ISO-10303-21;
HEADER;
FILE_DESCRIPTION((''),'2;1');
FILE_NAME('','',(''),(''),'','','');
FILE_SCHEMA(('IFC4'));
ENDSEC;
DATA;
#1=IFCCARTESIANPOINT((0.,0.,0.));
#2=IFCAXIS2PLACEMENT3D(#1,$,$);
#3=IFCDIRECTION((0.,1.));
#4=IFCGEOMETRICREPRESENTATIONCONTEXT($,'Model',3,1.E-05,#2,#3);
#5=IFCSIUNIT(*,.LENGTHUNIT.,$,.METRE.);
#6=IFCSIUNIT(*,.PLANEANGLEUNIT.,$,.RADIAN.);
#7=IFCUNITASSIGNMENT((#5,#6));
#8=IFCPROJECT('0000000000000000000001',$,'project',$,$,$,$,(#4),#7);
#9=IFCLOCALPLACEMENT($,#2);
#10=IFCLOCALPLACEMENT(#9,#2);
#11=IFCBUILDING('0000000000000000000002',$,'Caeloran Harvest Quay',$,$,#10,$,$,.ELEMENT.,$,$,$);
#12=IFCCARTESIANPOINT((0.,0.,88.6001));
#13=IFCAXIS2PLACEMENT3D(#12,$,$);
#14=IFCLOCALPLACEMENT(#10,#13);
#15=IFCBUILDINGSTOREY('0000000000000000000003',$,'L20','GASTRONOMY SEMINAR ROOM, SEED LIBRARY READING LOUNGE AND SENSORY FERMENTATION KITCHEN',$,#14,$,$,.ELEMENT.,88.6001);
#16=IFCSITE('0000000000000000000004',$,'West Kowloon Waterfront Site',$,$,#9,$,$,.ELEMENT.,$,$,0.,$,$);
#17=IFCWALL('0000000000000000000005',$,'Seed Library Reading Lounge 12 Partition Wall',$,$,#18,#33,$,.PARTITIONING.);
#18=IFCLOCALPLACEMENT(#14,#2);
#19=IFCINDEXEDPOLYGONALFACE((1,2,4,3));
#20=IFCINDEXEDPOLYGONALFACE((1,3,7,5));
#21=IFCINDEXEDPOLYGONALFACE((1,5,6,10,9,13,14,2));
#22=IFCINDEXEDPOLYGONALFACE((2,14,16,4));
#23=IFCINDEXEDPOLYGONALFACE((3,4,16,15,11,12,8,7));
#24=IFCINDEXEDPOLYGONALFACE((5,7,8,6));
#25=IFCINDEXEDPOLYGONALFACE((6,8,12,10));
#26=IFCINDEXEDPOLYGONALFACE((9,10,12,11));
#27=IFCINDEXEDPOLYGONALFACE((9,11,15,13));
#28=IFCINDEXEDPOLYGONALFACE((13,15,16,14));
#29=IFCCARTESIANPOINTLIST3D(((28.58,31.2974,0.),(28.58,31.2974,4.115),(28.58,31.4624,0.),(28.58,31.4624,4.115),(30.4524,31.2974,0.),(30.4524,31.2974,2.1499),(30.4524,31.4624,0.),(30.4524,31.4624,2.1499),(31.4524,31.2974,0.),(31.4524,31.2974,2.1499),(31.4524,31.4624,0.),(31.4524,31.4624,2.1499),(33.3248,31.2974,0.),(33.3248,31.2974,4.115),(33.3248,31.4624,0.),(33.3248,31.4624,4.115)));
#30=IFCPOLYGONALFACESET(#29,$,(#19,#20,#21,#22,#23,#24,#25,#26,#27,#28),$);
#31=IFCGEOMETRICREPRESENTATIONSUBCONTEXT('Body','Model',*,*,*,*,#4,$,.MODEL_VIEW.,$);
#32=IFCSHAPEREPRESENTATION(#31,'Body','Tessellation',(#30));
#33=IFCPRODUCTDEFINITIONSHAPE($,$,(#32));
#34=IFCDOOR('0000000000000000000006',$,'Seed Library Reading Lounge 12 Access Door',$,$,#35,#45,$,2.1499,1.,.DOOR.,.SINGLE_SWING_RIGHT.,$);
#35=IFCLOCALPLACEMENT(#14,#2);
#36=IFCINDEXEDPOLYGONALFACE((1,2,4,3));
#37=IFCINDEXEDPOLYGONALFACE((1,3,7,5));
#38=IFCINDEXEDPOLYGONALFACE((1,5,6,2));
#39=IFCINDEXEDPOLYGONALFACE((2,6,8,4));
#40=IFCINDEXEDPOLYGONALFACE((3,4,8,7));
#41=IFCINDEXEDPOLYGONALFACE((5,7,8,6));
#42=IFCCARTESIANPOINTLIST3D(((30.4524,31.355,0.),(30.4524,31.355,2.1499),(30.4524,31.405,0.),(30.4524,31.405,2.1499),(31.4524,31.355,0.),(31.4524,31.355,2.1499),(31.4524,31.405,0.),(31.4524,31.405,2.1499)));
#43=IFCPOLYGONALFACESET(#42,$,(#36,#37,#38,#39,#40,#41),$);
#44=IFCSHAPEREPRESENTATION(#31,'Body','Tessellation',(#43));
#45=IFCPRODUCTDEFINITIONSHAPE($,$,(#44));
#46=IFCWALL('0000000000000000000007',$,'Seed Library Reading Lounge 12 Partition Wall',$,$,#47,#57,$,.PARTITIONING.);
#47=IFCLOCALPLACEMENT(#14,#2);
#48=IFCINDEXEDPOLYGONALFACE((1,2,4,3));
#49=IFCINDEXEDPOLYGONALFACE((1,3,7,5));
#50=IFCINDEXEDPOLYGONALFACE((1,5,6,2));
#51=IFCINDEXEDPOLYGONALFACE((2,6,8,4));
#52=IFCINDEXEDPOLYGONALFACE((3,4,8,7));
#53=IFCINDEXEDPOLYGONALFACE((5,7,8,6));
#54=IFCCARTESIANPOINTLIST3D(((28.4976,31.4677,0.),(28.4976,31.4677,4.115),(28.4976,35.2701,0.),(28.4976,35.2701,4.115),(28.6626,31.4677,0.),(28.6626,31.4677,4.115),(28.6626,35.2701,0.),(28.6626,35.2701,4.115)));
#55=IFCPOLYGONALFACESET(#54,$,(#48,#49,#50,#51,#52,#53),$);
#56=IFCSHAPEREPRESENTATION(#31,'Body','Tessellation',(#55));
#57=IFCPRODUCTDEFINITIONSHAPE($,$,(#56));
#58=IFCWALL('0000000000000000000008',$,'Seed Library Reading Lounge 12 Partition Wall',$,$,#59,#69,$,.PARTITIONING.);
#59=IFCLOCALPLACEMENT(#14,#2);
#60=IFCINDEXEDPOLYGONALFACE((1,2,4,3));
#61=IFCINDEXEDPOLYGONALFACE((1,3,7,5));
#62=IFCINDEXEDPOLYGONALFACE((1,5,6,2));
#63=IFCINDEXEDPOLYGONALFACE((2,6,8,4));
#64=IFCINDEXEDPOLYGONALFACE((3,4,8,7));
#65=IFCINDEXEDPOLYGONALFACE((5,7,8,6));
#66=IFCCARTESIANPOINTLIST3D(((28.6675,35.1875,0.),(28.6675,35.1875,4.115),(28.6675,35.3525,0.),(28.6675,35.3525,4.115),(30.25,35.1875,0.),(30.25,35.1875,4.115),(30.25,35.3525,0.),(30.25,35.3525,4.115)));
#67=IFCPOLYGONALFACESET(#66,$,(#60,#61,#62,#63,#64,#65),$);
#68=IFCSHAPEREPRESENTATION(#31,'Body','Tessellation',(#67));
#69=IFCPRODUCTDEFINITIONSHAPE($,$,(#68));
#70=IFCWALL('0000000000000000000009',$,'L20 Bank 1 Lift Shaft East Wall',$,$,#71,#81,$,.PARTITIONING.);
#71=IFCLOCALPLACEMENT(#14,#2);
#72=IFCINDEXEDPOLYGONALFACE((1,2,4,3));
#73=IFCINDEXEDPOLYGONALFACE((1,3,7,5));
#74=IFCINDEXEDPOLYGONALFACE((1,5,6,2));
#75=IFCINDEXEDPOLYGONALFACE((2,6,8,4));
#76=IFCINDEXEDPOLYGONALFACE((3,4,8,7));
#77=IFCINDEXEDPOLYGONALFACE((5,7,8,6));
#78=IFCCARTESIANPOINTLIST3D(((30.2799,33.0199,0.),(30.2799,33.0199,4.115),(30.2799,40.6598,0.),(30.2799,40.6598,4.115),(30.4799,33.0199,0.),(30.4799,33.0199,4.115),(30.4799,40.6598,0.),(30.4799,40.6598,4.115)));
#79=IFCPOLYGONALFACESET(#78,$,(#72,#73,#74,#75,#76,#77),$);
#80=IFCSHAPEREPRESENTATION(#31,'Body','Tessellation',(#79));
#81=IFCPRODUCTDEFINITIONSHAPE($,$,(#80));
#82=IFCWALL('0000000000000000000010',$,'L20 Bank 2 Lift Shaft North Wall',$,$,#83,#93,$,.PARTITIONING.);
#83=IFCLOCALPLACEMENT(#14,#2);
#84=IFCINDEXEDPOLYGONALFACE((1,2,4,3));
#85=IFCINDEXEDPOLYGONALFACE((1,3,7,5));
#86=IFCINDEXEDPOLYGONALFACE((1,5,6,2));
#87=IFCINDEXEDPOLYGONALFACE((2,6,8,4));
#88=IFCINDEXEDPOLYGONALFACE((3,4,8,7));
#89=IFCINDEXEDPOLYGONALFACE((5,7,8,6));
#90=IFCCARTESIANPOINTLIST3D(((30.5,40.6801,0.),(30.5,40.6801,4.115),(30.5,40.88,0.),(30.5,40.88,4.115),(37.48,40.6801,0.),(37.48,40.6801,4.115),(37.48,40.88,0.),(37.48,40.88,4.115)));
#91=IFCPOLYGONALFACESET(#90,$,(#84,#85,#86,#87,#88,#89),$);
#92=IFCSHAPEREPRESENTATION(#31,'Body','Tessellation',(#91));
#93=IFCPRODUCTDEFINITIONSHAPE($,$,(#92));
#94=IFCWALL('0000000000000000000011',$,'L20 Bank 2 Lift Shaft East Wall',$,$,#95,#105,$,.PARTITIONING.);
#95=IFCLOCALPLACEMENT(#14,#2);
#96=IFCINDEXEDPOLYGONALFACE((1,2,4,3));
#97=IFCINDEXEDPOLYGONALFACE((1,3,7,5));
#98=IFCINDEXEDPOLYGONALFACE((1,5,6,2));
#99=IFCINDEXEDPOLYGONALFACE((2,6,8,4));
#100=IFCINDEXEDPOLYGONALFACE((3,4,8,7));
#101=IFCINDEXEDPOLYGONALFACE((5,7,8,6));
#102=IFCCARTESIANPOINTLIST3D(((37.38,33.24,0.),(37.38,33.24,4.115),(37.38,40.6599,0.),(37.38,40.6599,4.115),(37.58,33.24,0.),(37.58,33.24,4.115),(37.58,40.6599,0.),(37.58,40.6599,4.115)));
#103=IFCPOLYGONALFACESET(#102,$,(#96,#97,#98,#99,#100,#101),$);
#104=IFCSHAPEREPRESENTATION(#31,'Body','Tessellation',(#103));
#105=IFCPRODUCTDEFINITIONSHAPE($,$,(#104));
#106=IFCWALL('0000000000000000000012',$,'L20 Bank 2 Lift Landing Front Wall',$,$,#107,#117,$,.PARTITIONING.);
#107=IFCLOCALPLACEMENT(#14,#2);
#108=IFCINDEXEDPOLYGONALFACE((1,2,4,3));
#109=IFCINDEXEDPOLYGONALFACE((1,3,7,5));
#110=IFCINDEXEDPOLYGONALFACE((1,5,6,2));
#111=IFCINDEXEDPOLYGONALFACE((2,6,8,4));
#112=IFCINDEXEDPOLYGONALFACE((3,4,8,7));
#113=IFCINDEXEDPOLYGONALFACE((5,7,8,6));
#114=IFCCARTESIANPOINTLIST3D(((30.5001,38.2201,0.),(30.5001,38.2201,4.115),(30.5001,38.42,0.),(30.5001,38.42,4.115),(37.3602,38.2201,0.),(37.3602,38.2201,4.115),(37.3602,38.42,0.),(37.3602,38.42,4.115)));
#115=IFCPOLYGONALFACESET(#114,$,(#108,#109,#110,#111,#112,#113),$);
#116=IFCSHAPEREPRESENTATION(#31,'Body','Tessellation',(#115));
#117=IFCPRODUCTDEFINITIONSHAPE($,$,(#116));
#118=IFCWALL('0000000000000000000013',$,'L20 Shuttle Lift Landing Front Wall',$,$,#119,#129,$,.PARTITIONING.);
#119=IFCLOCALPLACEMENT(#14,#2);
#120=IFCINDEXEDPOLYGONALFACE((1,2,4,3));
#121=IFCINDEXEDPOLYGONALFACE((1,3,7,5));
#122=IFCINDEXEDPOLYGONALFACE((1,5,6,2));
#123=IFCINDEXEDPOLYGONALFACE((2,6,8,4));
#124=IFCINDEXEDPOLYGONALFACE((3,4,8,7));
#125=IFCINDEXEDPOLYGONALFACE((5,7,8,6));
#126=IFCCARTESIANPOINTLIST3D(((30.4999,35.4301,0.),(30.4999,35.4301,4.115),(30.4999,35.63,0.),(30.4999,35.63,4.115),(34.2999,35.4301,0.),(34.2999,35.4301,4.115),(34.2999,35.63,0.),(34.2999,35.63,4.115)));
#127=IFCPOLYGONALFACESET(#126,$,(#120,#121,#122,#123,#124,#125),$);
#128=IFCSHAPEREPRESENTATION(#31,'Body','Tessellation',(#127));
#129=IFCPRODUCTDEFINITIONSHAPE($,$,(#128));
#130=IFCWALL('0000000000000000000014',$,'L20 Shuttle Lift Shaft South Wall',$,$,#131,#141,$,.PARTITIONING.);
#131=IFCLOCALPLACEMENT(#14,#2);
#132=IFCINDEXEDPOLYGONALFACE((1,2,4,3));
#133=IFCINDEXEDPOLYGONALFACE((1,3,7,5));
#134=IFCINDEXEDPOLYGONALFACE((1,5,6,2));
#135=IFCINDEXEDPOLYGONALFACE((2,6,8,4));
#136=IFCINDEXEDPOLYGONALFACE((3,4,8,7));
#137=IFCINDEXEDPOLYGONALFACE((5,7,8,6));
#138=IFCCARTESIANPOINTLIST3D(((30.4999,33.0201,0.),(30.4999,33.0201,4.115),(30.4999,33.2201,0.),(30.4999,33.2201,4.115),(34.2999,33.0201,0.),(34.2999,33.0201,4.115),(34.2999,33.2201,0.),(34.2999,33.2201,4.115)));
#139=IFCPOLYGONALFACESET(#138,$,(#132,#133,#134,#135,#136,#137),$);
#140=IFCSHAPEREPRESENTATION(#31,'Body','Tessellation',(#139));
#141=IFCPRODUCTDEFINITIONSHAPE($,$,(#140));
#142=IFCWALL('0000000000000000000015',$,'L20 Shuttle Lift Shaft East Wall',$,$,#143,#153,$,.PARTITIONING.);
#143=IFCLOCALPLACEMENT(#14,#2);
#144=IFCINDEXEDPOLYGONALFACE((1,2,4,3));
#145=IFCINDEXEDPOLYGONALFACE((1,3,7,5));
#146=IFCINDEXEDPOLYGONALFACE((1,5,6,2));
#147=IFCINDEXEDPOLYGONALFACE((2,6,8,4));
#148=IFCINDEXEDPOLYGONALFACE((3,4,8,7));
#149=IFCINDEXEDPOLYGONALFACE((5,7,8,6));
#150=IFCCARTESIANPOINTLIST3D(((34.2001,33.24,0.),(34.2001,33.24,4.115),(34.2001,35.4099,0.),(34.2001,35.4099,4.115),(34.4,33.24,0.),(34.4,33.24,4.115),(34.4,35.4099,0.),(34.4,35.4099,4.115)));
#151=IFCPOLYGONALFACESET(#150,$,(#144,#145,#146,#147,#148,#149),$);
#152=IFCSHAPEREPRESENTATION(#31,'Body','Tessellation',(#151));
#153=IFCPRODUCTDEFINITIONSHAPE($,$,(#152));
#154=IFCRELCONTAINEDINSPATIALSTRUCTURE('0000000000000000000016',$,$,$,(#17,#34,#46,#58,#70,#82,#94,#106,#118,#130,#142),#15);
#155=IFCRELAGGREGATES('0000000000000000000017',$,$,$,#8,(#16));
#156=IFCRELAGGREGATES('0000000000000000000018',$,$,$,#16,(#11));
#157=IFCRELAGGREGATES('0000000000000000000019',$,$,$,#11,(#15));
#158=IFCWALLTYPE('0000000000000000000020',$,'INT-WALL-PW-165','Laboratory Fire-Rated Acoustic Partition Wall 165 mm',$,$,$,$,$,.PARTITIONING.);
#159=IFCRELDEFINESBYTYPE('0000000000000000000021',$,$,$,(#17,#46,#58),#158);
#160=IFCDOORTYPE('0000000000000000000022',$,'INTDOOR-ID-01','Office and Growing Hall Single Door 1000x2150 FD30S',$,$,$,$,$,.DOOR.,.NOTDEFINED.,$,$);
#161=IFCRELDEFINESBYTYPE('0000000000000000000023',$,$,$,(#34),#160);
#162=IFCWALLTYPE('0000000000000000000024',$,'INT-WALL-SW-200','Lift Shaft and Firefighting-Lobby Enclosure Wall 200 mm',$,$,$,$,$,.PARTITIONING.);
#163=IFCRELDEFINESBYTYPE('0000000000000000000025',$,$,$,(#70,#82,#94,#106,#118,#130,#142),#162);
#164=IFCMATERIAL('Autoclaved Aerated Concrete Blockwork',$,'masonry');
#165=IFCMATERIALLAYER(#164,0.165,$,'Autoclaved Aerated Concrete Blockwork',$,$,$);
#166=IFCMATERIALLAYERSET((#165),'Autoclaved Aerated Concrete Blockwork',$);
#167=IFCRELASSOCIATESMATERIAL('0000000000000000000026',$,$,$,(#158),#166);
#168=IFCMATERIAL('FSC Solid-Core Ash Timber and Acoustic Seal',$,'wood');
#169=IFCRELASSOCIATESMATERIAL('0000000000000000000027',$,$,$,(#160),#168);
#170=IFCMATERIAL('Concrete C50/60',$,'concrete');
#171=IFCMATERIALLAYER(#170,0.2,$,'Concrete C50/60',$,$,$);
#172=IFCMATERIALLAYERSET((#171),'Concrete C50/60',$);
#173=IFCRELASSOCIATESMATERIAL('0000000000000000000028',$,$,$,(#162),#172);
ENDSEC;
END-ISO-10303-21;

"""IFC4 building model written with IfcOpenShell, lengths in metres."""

from ifc_helpers import new_model, si_unit, direction, frame, frame_2d, origin, place, context, subcontext, project, spatial, rectangle, extrude, material, layer, layer_set, type_object, element, fill, save


model = new_model("IFC4")

# Units and contexts
model_context = context("Model", 3, precision=1e-05, world=origin(), true_north=direction((0.0, 1.0)))
body_context = subcontext(model_context, "Body", "Model", "MODEL_VIEW")
ifc_project = project(units=[si_unit("LENGTHUNIT", "METRE"), si_unit("PLANEANGLEUNIT", "RADIAN")], contexts=[model_context])

# Site, building, storey
site_placement = place(None, origin())
site = spatial("IfcSite", under=ifc_project, at=site_placement, Name="West Kowloon Waterfront Site", CompositionType="ELEMENT", RefElevation=0.0)
building_placement = place(site_placement, origin())
building = spatial("IfcBuilding", under=site, at=building_placement, Name="Caeloran Harvest Quay", CompositionType="ELEMENT")
storey_placement = place(building_placement, frame((0.0, 0.0, 88.6001)))
storey = spatial("IfcBuildingStorey", under=building, at=storey_placement, Name="L20", Description="GASTRONOMY SEMINAR ROOM, SEED LIBRARY READING LOUNGE AND SENSORY FERMENTATION KITCHEN", CompositionType="ELEMENT", Elevation=88.6001)

# Shared definitions
ifc_material_1 = material(Name="Autoclaved Aerated Concrete Blockwork", Category="masonry")
ifc_layer_1 = layer(ifc_material_1, 0.165, Name="Autoclaved Aerated Concrete Blockwork")
ifc_layer_set_1 = layer_set([ifc_layer_1], Name="Autoclaved Aerated Concrete Blockwork")
wall_type_1 = type_object("IfcWallType", Name="INT-WALL-PW-165", Description="Laboratory Fire-Rated Acoustic Partition Wall 165 mm", PredefinedType="PARTITIONING", material=ifc_layer_set_1)
ifc_material_2 = material(Name="FSC Solid-Core Ash Timber and Acoustic Seal", Category="wood")
door_type_1 = type_object("IfcDoorType", Name="INTDOOR-ID-01", Description="Office and Growing Hall Single Door 1000x2150 FD30S", OperationType="NOTDEFINED", PredefinedType="DOOR", material=ifc_material_2)

# Wall, opening, door
wall_1_placement = place(storey_placement, frame((33.325, 31.3799, 0.0), z_axis=(0.0, 0.0, 1.0), x_axis=(-1.0, 0.0, 0.0)))
wall_1 = element("IfcWall", 1, at=wall_1_placement, inside=storey, type_object=wall_type_1, Name="Seed Library Reading Lounge 12 Partition Wall", PredefinedType="PARTITIONING", context=body_context, shape_type="SweptSolid", body=[
    extrude(rectangle(XDim=4.7449, YDim=0.165, at=frame_2d((2.3726, 0.0))), origin(), (0.0, 0.0, 1.0), 4.115),
])
opening_1_placement = place(wall_1_placement, frame((1.8726, 0.0, 0.0)))
opening_1 = element("IfcOpeningElement", 2, at=opening_1_placement, cuts=wall_1, PredefinedType="OPENING", context=body_context, shape_type="SweptSolid", body=[
    extrude(rectangle(XDim=1.0, YDim=2.1499, at=frame_2d((0.5, 1.075))), frame((0.0, 0.0925, 0.0), z_axis=(0.0, -1.0, 0.0), x_axis=(1.0, 0.0, 0.0)), (0.0, 0.0, 1.0), 0.1851),
])
door_1_placement = place(opening_1_placement, origin())
door_1 = element("IfcDoor", 3, at=door_1_placement, inside=storey, type_object=door_type_1, Name="Seed Library Reading Lounge 12 Access Door", OperationType="SINGLE_SWING_RIGHT", OverallHeight=2.1499, OverallWidth=1.0, PredefinedType="DOOR", context=body_context, shape_type="SweptSolid", body=[
    extrude(rectangle(XDim=1.0, YDim=2.1499, at=frame_2d((0.5, 1.075))), frame((0.0, 0.0249, 0.0), z_axis=(0.0, -1.0, 0.0), x_axis=(1.0, 0.0, 0.0)), (0.0, 0.0, 1.0), 0.05),
])
fill(opening_1, door_1)

# Walls
wall_2_placement = place(storey_placement, frame((28.5801, 31.4675, 0.0), z_axis=(0.0, 0.0, 1.0), x_axis=(0.0, 1.0, 0.0)))
element("IfcWall", 4, at=wall_2_placement, inside=storey, type_object=wall_type_1, Name="Seed Library Reading Lounge 12 Partition Wall", PredefinedType="PARTITIONING", context=body_context, shape_type="SweptSolid", body=[
    extrude(rectangle(XDim=3.8025, YDim=0.165, at=frame_2d((1.9014, 0.0))), origin(), (0.0, 0.0, 1.0), 4.115),
])
wall_3_placement = place(storey_placement, frame((28.6675, 35.27, 0.0), z_axis=(0.0, 0.0, 1.0), x_axis=(1.0, 0.0, 0.0)))
element("IfcWall", 5, at=wall_3_placement, inside=storey, type_object=wall_type_1, Name="Seed Library Reading Lounge 12 Partition Wall", PredefinedType="PARTITIONING", context=body_context, shape_type="SweptSolid", body=[
    extrude(rectangle(XDim=1.5825, YDim=0.165, at=frame_2d((0.7913, 0.0))), origin(), (0.0, 0.0, 1.0), 4.115),
])
ifc_material_3 = material(Name="Concrete C50/60", Category="concrete")
ifc_layer_2 = layer(ifc_material_3, 0.2, Name="Concrete C50/60")
ifc_layer_set_2 = layer_set([ifc_layer_2], Name="Concrete C50/60")
wall_type_2 = type_object("IfcWallType", Name="INT-WALL-SW-200", Description="Lift Shaft and Firefighting-Lobby Enclosure Wall 200 mm", PredefinedType="PARTITIONING", material=ifc_layer_set_2)
wall_4_placement = place(storey_placement, frame((30.3799, 33.02, 0.0), z_axis=(0.0, 0.0, 1.0), x_axis=(0.0, 1.0, 0.0)))
element("IfcWall", 6, at=wall_4_placement, inside=storey, type_object=wall_type_2, Name="L20 Bank 1 Lift Shaft East Wall", PredefinedType="PARTITIONING", context=body_context, shape_type="SweptSolid", body=[
    extrude(rectangle(XDim=7.6399, YDim=0.2, at=frame_2d((3.8198, 0.0))), origin(), (0.0, 0.0, 1.0), 4.115),
])
wall_5_placement = place(storey_placement, frame((30.5, 40.78, 0.0), z_axis=(0.0, 0.0, 1.0), x_axis=(1.0, 0.0, 0.0)))
element("IfcWall", 7, at=wall_5_placement, inside=storey, type_object=wall_type_2, Name="L20 Bank 2 Lift Shaft North Wall", PredefinedType="PARTITIONING", context=body_context, shape_type="SweptSolid", body=[
    extrude(rectangle(XDim=6.98, YDim=0.2, at=frame_2d((3.49, 0.0))), origin(), (0.0, 0.0, 1.0), 4.115),
])
wall_6_placement = place(storey_placement, frame((37.48, 33.24, 0.0), z_axis=(0.0, 0.0, 1.0), x_axis=(0.0, 1.0, 0.0)))
element("IfcWall", 8, at=wall_6_placement, inside=storey, type_object=wall_type_2, Name="L20 Bank 2 Lift Shaft East Wall", PredefinedType="PARTITIONING", context=body_context, shape_type="SweptSolid", body=[
    extrude(rectangle(XDim=7.4199, YDim=0.2, at=frame_2d((3.71, 0.0))), origin(), (0.0, 0.0, 1.0), 4.115),
])
wall_7_placement = place(storey_placement, frame((30.5, 38.3201, 0.0), z_axis=(0.0, 0.0, 1.0), x_axis=(1.0, 0.0, 0.0)))
element("IfcWall", 9, at=wall_7_placement, inside=storey, type_object=wall_type_2, Name="L20 Bank 2 Lift Landing Front Wall", PredefinedType="PARTITIONING", context=body_context, shape_type="SweptSolid", body=[
    extrude(rectangle(XDim=6.8601, YDim=0.2, at=frame_2d((3.4302, 0.0))), origin(), (0.0, 0.0, 1.0), 4.115),
])
for number, where, z_axis, x_axis, name in (
    (10, (30.5, 35.53, 0.0), (0.0, 0.0, 1.0), (1.0, 0.0, 0.0), "L20 Shuttle Lift Landing Front Wall"),
    (11, (30.5, 33.1201, 0.0), (0.0, 0.0, 1.0), (1.0, 0.0, 0.0), "L20 Shuttle Lift Shaft South Wall"),
):
    element("IfcWall", number, at=place(storey_placement, frame(where, z_axis=z_axis, x_axis=x_axis)), inside=storey, type_object=wall_type_2, Name=name, PredefinedType="PARTITIONING", context=body_context, shape_type="SweptSolid", body=[
        extrude(rectangle(XDim=3.8, YDim=0.2, at=frame_2d((1.8999, 0.0))), origin(), (0.0, 0.0, 1.0), 4.115),
    ])
wall_8_placement = place(storey_placement, frame((34.3, 33.24, 0.0), z_axis=(0.0, 0.0, 1.0), x_axis=(0.0, 1.0, 0.0)))
element("IfcWall", 12, at=wall_8_placement, inside=storey, type_object=wall_type_2, Name="L20 Shuttle Lift Shaft East Wall", PredefinedType="PARTITIONING", context=body_context, shape_type="SweptSolid", body=[
    extrude(rectangle(XDim=2.1699, YDim=0.2, at=frame_2d((1.085, 0.0))), origin(), (0.0, 0.0, 1.0), 4.115),
])

save(model, "model.ifc")
